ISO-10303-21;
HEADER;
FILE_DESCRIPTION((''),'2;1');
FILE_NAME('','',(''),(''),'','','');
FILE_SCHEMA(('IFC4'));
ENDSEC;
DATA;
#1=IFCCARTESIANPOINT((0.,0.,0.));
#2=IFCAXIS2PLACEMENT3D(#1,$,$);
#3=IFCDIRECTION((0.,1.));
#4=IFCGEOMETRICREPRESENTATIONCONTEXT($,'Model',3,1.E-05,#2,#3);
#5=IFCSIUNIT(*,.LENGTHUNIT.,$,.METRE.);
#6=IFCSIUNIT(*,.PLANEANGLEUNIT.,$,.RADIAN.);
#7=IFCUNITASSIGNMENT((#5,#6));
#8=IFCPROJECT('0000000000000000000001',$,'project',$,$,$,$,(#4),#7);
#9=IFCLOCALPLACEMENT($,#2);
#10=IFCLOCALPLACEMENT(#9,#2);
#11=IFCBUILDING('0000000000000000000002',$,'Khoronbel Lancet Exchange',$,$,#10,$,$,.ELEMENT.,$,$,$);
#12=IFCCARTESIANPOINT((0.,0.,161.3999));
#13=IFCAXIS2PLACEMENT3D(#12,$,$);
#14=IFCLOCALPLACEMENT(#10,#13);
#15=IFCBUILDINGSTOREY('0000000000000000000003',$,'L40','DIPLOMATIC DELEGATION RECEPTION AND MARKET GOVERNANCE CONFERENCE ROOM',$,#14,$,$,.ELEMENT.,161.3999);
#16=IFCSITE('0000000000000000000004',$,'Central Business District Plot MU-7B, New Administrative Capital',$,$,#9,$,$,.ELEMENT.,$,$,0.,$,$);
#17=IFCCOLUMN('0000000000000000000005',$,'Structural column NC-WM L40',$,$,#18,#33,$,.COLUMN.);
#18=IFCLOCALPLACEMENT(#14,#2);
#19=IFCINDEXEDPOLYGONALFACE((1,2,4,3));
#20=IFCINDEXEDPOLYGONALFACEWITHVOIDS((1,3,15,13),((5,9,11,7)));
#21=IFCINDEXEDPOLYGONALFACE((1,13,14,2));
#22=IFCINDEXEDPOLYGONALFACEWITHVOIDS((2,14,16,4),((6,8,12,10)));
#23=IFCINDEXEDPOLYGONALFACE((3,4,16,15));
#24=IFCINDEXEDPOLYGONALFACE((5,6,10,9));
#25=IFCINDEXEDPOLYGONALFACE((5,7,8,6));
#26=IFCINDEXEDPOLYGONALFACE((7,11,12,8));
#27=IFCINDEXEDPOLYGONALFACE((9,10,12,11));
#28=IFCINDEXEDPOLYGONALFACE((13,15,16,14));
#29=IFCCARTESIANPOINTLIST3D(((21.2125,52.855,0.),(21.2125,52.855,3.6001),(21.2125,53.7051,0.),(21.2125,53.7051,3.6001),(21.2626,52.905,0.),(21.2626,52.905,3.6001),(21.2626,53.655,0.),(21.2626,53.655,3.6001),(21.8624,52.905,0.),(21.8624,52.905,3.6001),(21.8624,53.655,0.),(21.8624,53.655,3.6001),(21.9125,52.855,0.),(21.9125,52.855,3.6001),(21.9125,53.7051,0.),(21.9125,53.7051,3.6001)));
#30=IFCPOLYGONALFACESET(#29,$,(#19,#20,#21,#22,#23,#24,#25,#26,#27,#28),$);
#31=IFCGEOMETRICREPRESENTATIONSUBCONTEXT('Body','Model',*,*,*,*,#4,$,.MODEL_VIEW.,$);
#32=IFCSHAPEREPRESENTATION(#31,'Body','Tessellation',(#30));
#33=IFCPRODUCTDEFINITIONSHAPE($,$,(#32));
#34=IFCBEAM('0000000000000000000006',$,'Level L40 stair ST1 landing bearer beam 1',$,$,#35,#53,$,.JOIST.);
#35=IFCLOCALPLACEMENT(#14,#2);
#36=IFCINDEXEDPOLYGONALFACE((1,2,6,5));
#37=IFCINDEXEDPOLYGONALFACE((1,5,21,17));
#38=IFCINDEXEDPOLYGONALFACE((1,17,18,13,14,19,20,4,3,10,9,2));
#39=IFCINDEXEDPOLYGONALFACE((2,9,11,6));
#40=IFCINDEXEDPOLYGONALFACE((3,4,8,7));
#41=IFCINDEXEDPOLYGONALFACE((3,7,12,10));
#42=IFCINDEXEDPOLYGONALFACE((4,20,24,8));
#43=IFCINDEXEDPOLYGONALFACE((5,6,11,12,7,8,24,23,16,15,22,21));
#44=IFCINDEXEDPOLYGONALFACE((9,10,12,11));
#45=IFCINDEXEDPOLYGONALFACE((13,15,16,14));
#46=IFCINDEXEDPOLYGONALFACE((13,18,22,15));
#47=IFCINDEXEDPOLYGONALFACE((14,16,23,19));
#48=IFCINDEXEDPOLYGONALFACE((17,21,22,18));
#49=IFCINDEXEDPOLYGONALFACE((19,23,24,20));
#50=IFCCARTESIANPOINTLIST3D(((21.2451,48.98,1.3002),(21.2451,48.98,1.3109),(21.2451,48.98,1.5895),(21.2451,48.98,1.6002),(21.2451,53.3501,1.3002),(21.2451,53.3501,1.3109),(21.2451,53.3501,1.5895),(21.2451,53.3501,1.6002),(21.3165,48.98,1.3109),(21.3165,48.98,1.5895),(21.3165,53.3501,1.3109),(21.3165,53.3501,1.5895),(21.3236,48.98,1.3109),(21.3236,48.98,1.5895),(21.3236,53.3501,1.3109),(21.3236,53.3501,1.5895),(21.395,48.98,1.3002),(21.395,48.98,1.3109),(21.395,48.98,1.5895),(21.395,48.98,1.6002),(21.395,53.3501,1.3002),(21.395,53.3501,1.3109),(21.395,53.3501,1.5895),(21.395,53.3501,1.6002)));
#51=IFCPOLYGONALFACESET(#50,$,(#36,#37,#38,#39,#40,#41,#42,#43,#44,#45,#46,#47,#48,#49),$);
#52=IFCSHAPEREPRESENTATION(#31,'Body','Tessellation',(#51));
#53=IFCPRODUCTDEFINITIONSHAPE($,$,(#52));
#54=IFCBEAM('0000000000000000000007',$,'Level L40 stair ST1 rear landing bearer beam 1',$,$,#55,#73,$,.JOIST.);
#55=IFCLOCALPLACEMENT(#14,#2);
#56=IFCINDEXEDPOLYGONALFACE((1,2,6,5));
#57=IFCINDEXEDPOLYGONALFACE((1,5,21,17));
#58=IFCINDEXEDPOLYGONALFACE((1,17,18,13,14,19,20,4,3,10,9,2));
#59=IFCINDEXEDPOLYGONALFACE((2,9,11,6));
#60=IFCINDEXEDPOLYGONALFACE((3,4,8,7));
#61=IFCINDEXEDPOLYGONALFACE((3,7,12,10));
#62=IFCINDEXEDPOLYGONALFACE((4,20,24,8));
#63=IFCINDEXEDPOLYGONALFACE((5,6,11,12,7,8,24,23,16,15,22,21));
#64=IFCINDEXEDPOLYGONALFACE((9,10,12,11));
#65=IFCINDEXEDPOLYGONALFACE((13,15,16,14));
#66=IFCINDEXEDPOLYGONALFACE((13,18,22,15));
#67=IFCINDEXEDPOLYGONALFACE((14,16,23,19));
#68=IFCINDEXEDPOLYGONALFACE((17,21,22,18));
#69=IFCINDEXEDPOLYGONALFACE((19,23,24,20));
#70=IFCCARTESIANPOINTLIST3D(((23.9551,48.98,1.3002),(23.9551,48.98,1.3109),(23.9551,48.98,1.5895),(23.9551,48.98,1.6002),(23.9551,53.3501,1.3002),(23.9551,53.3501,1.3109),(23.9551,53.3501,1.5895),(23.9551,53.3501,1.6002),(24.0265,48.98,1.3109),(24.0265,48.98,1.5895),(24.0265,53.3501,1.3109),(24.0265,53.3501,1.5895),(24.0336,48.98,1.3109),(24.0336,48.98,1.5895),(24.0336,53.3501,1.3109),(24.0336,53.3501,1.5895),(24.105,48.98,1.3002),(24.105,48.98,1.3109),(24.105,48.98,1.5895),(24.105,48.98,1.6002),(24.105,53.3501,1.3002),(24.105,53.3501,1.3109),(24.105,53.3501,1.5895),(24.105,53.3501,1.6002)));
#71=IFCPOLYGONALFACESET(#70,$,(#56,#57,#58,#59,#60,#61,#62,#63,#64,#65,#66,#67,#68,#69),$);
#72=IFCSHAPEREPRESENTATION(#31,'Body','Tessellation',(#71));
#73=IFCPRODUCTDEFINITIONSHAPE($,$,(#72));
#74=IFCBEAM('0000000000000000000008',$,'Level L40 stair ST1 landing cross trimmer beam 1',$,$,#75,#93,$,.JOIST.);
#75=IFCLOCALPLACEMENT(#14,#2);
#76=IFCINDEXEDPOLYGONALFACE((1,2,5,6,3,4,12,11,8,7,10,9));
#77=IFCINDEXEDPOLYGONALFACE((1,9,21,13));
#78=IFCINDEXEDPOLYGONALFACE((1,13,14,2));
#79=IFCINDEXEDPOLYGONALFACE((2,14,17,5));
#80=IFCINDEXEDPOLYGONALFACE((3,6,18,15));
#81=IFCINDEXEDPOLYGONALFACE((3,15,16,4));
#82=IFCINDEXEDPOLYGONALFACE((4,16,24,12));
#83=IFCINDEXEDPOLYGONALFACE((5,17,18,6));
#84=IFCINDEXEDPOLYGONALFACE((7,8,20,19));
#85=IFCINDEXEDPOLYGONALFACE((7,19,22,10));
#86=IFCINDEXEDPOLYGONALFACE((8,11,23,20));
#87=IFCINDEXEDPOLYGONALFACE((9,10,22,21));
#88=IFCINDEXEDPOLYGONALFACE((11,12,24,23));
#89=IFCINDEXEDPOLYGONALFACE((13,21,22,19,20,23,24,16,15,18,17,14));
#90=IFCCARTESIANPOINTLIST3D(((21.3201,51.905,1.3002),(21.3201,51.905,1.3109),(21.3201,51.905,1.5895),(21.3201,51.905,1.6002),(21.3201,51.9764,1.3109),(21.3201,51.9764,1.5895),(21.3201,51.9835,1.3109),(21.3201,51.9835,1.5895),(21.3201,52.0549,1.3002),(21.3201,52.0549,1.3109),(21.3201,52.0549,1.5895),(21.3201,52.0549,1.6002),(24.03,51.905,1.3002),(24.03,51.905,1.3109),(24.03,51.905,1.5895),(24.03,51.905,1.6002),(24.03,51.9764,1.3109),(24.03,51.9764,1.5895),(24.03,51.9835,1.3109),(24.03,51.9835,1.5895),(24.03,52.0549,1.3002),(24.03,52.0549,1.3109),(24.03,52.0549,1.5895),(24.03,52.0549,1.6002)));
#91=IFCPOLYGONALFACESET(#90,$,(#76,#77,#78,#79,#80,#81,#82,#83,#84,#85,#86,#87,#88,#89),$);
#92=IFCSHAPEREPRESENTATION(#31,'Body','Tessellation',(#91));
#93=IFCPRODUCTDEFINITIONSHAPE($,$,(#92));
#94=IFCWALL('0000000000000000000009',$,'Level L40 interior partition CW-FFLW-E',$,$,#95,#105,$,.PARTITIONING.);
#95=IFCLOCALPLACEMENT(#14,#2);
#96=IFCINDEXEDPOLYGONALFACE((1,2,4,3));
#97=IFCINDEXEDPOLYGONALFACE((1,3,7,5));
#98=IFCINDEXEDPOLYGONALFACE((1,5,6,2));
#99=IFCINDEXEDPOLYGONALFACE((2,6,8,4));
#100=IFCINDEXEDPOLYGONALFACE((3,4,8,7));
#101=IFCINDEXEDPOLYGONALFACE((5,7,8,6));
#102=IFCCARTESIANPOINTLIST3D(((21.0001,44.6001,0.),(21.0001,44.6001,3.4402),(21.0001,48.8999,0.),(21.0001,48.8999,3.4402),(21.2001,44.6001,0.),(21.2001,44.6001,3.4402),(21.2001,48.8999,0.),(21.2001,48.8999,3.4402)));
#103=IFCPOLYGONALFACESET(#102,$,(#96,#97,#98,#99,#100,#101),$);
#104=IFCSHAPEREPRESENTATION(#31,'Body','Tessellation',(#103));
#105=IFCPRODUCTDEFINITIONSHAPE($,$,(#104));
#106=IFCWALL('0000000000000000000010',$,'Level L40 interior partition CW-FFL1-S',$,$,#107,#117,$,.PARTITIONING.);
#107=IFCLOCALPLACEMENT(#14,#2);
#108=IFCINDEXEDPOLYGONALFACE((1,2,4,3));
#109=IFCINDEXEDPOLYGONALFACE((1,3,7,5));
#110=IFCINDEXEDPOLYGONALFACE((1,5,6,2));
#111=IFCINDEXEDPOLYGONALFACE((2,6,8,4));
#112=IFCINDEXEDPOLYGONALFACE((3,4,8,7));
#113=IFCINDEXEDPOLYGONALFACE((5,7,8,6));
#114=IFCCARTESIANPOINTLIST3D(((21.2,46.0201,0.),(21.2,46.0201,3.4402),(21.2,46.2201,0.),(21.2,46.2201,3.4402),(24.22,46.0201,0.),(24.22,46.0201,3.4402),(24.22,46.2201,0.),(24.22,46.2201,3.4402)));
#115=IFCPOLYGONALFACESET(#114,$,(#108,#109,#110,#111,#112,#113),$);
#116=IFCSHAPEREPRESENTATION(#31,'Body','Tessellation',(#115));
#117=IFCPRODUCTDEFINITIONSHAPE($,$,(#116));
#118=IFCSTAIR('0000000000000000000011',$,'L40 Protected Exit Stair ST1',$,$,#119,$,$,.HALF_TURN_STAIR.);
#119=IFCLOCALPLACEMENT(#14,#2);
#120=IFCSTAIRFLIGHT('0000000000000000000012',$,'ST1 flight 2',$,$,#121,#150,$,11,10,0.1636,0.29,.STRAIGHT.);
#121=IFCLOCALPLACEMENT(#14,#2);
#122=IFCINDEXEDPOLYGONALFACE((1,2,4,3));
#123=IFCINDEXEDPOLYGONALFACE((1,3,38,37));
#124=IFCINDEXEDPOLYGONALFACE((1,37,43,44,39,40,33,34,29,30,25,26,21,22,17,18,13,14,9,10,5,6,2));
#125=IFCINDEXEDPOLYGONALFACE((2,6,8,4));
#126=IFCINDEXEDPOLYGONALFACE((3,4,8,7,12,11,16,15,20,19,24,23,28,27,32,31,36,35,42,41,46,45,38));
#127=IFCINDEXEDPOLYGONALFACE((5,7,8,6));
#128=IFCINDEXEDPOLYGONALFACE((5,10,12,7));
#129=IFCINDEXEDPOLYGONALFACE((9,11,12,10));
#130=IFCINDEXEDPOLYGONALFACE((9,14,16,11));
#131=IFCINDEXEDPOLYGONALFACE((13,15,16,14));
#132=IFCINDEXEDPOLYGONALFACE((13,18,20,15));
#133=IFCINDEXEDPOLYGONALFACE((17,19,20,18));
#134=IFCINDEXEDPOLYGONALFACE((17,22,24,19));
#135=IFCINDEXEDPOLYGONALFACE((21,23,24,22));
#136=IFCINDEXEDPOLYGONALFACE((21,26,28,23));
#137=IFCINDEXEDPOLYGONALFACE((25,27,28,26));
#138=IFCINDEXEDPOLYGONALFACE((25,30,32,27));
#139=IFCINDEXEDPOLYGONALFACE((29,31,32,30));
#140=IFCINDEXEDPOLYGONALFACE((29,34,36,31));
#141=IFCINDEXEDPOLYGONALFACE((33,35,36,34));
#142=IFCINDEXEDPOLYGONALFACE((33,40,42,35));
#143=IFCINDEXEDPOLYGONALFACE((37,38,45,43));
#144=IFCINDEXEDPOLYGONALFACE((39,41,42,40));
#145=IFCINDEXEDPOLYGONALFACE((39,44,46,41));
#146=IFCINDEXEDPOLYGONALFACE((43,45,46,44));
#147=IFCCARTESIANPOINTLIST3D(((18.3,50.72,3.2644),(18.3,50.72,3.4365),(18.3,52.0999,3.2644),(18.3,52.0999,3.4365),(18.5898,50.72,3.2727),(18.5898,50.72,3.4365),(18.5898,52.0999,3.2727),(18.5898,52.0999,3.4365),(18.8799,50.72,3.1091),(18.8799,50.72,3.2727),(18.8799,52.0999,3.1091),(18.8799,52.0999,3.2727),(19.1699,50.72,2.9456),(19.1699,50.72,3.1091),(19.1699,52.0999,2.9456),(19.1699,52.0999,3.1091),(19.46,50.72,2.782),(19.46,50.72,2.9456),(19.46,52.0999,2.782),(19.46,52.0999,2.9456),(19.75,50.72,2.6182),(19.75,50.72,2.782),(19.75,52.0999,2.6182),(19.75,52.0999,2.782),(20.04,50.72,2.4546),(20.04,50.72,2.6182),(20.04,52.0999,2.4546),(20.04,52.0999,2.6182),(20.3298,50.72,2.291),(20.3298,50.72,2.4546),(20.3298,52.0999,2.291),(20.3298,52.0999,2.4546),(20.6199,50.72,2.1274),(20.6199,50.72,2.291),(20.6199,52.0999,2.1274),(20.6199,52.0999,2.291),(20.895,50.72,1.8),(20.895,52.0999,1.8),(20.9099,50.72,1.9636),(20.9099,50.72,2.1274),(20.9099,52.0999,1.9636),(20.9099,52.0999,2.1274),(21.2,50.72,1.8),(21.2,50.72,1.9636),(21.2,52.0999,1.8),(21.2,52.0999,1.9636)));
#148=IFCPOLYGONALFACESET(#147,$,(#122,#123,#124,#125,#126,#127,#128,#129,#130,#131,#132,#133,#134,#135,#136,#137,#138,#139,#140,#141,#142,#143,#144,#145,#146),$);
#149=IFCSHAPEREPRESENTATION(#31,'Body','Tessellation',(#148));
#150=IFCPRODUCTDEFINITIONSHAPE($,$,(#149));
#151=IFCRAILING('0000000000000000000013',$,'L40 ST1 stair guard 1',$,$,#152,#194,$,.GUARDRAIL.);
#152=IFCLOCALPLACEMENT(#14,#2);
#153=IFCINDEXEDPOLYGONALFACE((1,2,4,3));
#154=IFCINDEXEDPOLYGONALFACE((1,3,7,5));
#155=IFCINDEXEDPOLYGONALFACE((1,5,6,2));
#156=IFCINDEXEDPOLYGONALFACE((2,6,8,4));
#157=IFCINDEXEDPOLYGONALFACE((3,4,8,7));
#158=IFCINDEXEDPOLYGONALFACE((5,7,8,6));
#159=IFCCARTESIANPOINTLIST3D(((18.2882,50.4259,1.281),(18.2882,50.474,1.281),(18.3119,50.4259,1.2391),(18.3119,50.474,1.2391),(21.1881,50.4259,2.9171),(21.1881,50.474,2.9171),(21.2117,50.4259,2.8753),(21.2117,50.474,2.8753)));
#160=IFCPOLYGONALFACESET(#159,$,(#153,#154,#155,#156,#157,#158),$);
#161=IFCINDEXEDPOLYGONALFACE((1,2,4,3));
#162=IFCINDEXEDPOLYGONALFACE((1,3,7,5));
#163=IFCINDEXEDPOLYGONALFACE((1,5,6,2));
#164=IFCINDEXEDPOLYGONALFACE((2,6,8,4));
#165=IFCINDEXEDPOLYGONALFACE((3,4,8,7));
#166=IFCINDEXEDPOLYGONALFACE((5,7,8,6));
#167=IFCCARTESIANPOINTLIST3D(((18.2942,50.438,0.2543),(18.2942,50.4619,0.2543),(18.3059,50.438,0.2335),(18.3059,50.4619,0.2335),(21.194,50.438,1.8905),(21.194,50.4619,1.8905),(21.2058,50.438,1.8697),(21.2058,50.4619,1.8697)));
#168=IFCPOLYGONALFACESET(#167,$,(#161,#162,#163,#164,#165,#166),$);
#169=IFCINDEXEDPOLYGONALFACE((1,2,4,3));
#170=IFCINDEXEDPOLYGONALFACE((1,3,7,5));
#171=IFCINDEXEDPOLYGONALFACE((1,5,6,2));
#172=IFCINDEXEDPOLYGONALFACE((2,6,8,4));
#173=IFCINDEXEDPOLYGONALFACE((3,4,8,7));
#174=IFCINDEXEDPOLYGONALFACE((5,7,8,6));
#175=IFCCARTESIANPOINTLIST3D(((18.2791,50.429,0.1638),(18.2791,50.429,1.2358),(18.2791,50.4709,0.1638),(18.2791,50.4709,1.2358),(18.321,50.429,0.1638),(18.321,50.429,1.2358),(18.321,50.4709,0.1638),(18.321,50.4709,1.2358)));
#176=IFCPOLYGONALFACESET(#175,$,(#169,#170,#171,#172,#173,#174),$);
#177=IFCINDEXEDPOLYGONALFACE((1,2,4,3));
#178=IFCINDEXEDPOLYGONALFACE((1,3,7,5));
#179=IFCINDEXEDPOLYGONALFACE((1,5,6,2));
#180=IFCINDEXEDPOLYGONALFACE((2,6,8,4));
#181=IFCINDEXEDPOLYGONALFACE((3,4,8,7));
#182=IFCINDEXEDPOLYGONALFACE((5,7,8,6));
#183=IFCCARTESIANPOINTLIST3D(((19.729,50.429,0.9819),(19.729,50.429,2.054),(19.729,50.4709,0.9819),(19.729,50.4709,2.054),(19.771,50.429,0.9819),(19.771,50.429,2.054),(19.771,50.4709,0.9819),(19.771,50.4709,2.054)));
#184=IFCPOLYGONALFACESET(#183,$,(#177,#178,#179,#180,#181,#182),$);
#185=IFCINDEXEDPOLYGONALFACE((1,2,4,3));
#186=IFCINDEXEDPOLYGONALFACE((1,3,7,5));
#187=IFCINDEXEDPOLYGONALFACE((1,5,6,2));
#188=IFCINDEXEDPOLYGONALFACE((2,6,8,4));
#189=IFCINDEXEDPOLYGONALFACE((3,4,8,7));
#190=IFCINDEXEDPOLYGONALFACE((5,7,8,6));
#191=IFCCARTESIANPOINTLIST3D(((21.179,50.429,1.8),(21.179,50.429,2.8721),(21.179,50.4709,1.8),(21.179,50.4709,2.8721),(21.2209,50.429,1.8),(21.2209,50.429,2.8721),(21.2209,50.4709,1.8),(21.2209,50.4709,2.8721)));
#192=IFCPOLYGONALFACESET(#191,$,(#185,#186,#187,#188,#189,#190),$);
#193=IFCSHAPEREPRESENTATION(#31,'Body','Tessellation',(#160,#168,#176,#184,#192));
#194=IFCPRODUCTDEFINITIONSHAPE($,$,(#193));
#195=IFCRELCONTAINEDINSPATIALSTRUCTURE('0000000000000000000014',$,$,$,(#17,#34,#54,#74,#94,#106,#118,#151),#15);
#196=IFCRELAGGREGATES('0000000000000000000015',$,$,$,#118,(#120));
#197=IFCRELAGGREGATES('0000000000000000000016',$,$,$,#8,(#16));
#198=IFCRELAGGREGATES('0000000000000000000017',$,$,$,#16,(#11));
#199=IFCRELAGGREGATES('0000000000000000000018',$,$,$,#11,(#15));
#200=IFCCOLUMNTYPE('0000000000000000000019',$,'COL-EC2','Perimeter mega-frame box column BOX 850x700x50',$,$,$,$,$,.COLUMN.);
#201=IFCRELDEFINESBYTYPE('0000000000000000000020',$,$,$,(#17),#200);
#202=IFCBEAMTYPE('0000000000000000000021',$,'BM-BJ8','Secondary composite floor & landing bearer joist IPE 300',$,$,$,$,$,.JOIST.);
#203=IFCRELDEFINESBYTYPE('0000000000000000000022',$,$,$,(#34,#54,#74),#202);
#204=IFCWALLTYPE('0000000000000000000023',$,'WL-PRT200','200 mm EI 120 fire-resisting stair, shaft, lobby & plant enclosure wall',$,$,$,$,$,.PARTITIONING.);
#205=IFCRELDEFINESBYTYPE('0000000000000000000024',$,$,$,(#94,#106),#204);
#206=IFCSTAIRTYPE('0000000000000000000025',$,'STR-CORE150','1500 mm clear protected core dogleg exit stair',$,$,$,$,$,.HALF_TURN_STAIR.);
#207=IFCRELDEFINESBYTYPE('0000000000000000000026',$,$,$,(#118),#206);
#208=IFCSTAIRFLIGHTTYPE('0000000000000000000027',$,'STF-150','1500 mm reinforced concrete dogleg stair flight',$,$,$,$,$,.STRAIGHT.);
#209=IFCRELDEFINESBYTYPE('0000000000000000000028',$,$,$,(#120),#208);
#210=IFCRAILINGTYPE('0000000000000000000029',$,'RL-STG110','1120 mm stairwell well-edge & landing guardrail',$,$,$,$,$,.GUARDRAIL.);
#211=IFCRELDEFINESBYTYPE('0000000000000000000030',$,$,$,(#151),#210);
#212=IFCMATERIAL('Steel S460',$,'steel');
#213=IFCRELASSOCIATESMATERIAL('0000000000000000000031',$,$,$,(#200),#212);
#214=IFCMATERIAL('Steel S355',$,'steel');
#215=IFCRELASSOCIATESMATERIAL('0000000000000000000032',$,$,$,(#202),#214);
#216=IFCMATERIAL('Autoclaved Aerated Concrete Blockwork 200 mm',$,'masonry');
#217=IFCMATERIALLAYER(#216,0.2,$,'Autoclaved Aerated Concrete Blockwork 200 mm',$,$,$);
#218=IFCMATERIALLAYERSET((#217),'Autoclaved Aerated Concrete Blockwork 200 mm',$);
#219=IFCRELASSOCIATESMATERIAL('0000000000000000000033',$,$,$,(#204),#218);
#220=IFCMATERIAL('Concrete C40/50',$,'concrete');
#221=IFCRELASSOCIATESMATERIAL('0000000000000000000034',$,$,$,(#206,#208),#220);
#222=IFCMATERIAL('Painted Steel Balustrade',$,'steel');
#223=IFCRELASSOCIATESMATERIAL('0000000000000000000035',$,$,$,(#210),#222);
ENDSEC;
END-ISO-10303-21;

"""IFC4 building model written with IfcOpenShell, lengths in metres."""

from ifc_helpers import new_model, si_unit, direction, frame, frame_2d, origin, origin_2d, place, context, subcontext, project, spatial, polyline, rectangle, hollow_rectangle, i_section, outline, extrude, material, layer, layer_set, material_profile, profile_set, type_object, element, aggregate, save


model = new_model("IFC4")

# Units and contexts
model_context = context("Model", 3, precision=1e-05, world=origin(), true_north=direction((0.0, 1.0)))
body_context = subcontext(model_context, "Body", "Model", "MODEL_VIEW")
ifc_project = project(units=[si_unit("LENGTHUNIT", "METRE"), si_unit("PLANEANGLEUNIT", "RADIAN")], contexts=[model_context])

# Site, building, storey
site_placement = place(None, origin())
site = spatial("IfcSite", under=ifc_project, at=site_placement, Name="Central Business District Plot MU-7B, New Administrative Capital", CompositionType="ELEMENT", RefElevation=0.0)
building_placement = place(site_placement, origin())
building = spatial("IfcBuilding", under=site, at=building_placement, Name="Khoronbel Lancet Exchange", CompositionType="ELEMENT")
storey_placement = place(building_placement, frame((0.0, 0.0, 161.3999)))
storey = spatial("IfcBuildingStorey", under=building, at=storey_placement, Name="L40", Description="DIPLOMATIC DELEGATION RECEPTION AND MARKET GOVERNANCE CONFERENCE ROOM", CompositionType="ELEMENT", Elevation=161.3999)

# Column
ifc_material_1 = material(Name="Steel S460", Category="steel")
ifc_material_profile_1 = material_profile(ifc_material_1, hollow_rectangle(XDim=0.7, YDim=0.8501, WallThickness=0.05, at=origin_2d()), Name="BOX 850x700x50")
ifc_profile_set_1 = profile_set([ifc_material_profile_1], Name="Steel S460")
column_type = type_object("IfcColumnType", Name="COL-EC2", Description="Perimeter mega-frame box column BOX 850x700x50", PredefinedType="COLUMN", material=ifc_profile_set_1)
column_placement = place(storey_placement, frame((21.5625, 53.28, 0.0), z_axis=(0.0, 0.0, 1.0), x_axis=(1.0, 0.0, 0.0)))
element("IfcColumn", 1, at=column_placement, inside=storey, type_object=column_type, Name="Structural column NC-WM L40", PredefinedType="COLUMN", context=body_context, shape_type="SweptSolid", body=[
    extrude(hollow_rectangle(XDim=0.7, YDim=0.8501, WallThickness=0.05, at=origin_2d()), origin(), (0.0, 0.0, 1.0), 3.6001),
])

# Beams
ifc_material_2 = material(Name="Steel S355", Category="steel")
ifc_material_profile_2 = material_profile(ifc_material_2, i_section(OverallWidth=0.1499, OverallDepth=0.3, WebThickness=0.0071, FlangeThickness=0.0107, at=origin_2d()), Name="IPE 300")
ifc_profile_set_2 = profile_set([ifc_material_profile_2], Name="Steel S355")
beam_type = type_object("IfcBeamType", Name="BM-BJ8", Description="Secondary composite floor & landing bearer joist IPE 300", PredefinedType="JOIST", material=ifc_profile_set_2)
for number, where, z_axis, x_axis, name in (
    (2, (21.3201, 48.98, 1.4502), (0.0, 1.0, 0.0), (-1.0, 0.0, 0.0), "Level L40 stair ST1 landing bearer beam 1"),
    (3, (24.03, 48.98, 1.4502), (0.0, 1.0, 0.0), (-1.0, 0.0, 0.0), "Level L40 stair ST1 rear landing bearer beam 1"),
):
    element("IfcBeam", number, at=place(storey_placement, frame(where, z_axis=z_axis, x_axis=x_axis)), inside=storey, type_object=beam_type, Name=name, PredefinedType="JOIST", context=body_context, shape_type="SweptSolid", body=[
        extrude(i_section(OverallWidth=0.1499, OverallDepth=0.3, WebThickness=0.0071, FlangeThickness=0.0107, at=origin_2d()), origin(), (0.0, 0.0, 1.0), 4.3701),
    ])
beam_placement = place(storey_placement, frame((21.3201, 51.98, 1.4502), z_axis=(1.0, 0.0, 0.0), x_axis=(0.0, 1.0, 0.0)))
element("IfcBeam", 4, at=beam_placement, inside=storey, type_object=beam_type, Name="Level L40 stair ST1 landing cross trimmer beam 1", PredefinedType="JOIST", context=body_context, shape_type="SweptSolid", body=[
    extrude(i_section(OverallWidth=0.1499, OverallDepth=0.3, WebThickness=0.0071, FlangeThickness=0.0107, at=origin_2d()), origin(), (0.0, 0.0, 1.0), 2.71),
])

# Walls
ifc_material_3 = material(Name="Autoclaved Aerated Concrete Blockwork 200 mm", Category="masonry")
ifc_layer = layer(ifc_material_3, 0.2, Name="Autoclaved Aerated Concrete Blockwork 200 mm")
ifc_layer_set = layer_set([ifc_layer], Name="Autoclaved Aerated Concrete Blockwork 200 mm")
wall_type = type_object("IfcWallType", Name="WL-PRT200", Description="200 mm EI 120 fire-resisting stair, shaft, lobby & plant enclosure wall", PredefinedType="PARTITIONING", material=ifc_layer_set)
wall_1_placement = place(storey_placement, frame((21.1001, 44.6001, 0.0), z_axis=(0.0, 0.0, 1.0), x_axis=(0.0, 1.0, 0.0)))
element("IfcWall", 5, at=wall_1_placement, inside=storey, type_object=wall_type, Name="Level L40 interior partition CW-FFLW-E", PredefinedType="PARTITIONING", context=body_context, shape_type="SweptSolid", body=[
    extrude(rectangle(XDim=4.2998, YDim=0.2, at=frame_2d((2.1499, 0.0))), origin(), (0.0, 0.0, 1.0), 3.4402),
])
wall_2_placement = place(storey_placement, frame((21.2, 46.1201, 0.0), z_axis=(0.0, 0.0, 1.0), x_axis=(1.0, 0.0, 0.0)))
element("IfcWall", 6, at=wall_2_placement, inside=storey, type_object=wall_type, Name="Level L40 interior partition CW-FFL1-S", PredefinedType="PARTITIONING", context=body_context, shape_type="SweptSolid", body=[
    extrude(rectangle(XDim=3.02, YDim=0.2, at=frame_2d((1.51, 0.0))), origin(), (0.0, 0.0, 1.0), 3.4402),
])

# Stair, stair flight
ifc_material_4 = material(Name="Concrete C40/50", Category="concrete")
stair_type = type_object("IfcStairType", Name="STR-CORE150", Description="1500 mm clear protected core dogleg exit stair", PredefinedType="HALF_TURN_STAIR", material=ifc_material_4)
stair_placement = place(storey_placement, origin())
stair = element("IfcStair", 7, at=stair_placement, inside=storey, type_object=stair_type, Name="L40 Protected Exit Stair ST1", PredefinedType="HALF_TURN_STAIR")
stair_flight_type = type_object("IfcStairFlightType", Name="STF-150", Description="1500 mm reinforced concrete dogleg stair flight", PredefinedType="STRAIGHT", material=ifc_material_4)
stair_flight_placement = place(storey_placement, frame((21.2, 51.4099, 1.8), z_axis=(0.0, 0.0, 1.0), x_axis=(-1.0, 0.0, 0.0)))
stair_flight = element("IfcStairFlight", 8, at=stair_flight_placement, type_object=stair_flight_type, Name="ST1 flight 2", NumberOfRisers=11, NumberOfTreads=10, PredefinedType="STRAIGHT", RiserHeight=0.1636, TreadLength=0.29, context=body_context, shape_type="SweptSolid", body=[
    extrude(outline(polyline([(0.0, 0.0), (0.0, 0.1636), (0.29, 0.1636), (0.29, 0.3274), (0.5801, 0.3274), (0.5801, 0.491), (0.8701, 0.491), (0.8701, 0.6545), (1.1599, 0.6545), (1.1599, 0.8181), (1.45, 0.8181), (1.45, 0.9819), (1.74, 0.9819), (1.74, 1.1455), (2.03, 1.1455), (2.03, 1.3091), (2.3201, 1.3091), (2.3201, 1.4727), (2.6101, 1.4727), (2.6101, 1.6365), (2.8999, 1.6365), (2.8999, 1.8), (2.8999, 1.4644), (0.3049, 0.0), (0.0, 0.0)])), frame((0.0, 0.6899, 0.0), z_axis=(0.0, -1.0, 0.0), x_axis=(1.0, 0.0, 0.0)), (0.0, 0.0, 1.0), 1.3799),
])
aggregate(stair, [stair_flight])

# Railing
ifc_material_5 = material(Name="Painted Steel Balustrade", Category="steel")
railing_type_1 = type_object("IfcRailingType", Name="RL-STG110", Description="1120 mm stairwell well-edge & landing guardrail", PredefinedType="GUARDRAIL", material=ifc_material_5)
railing_1_placement = place(storey_placement, frame((18.3, 50.45, 0.1638)))
element("IfcRailing", 9, at=railing_1_placement, inside=storey, type_object=railing_type_1, Name="L40 ST1 stair guard 1", PredefinedType="GUARDRAIL", context=body_context, shape_type="SweptSolid", body=[
    extrude(rectangle(XDim=0.0481, YDim=0.0481, at=origin_2d()), frame((0.0, 0.0, 1.0962), z_axis=(0.870929, 0.0, 0.49141), x_axis=(0.0, 1.0, 0.0)), (0.0, 0.0, 1.0), 3.3296),
    extrude(rectangle(XDim=0.0239, YDim=0.0239, at=origin_2d()), frame((0.0, 0.0, 0.0801), z_axis=(0.870929, 0.0, 0.49141), x_axis=(0.0, 1.0, 0.0)), (0.0, 0.0, 1.0), 3.3296),
    extrude(rectangle(XDim=0.042, YDim=0.042, at=origin_2d()), origin(), (0.0, 0.0, 1.0), 1.072),
    extrude(rectangle(XDim=0.042, YDim=0.042, at=origin_2d()), frame((1.45, 0.0, 0.8181)), (0.0, 0.0, 1.0), 1.072),
    extrude(rectangle(XDim=0.042, YDim=0.042, at=origin_2d()), frame((2.8999, 0.0, 1.6362)), (0.0, 0.0, 1.0), 1.072),
])

save(model, "model.ifc")
